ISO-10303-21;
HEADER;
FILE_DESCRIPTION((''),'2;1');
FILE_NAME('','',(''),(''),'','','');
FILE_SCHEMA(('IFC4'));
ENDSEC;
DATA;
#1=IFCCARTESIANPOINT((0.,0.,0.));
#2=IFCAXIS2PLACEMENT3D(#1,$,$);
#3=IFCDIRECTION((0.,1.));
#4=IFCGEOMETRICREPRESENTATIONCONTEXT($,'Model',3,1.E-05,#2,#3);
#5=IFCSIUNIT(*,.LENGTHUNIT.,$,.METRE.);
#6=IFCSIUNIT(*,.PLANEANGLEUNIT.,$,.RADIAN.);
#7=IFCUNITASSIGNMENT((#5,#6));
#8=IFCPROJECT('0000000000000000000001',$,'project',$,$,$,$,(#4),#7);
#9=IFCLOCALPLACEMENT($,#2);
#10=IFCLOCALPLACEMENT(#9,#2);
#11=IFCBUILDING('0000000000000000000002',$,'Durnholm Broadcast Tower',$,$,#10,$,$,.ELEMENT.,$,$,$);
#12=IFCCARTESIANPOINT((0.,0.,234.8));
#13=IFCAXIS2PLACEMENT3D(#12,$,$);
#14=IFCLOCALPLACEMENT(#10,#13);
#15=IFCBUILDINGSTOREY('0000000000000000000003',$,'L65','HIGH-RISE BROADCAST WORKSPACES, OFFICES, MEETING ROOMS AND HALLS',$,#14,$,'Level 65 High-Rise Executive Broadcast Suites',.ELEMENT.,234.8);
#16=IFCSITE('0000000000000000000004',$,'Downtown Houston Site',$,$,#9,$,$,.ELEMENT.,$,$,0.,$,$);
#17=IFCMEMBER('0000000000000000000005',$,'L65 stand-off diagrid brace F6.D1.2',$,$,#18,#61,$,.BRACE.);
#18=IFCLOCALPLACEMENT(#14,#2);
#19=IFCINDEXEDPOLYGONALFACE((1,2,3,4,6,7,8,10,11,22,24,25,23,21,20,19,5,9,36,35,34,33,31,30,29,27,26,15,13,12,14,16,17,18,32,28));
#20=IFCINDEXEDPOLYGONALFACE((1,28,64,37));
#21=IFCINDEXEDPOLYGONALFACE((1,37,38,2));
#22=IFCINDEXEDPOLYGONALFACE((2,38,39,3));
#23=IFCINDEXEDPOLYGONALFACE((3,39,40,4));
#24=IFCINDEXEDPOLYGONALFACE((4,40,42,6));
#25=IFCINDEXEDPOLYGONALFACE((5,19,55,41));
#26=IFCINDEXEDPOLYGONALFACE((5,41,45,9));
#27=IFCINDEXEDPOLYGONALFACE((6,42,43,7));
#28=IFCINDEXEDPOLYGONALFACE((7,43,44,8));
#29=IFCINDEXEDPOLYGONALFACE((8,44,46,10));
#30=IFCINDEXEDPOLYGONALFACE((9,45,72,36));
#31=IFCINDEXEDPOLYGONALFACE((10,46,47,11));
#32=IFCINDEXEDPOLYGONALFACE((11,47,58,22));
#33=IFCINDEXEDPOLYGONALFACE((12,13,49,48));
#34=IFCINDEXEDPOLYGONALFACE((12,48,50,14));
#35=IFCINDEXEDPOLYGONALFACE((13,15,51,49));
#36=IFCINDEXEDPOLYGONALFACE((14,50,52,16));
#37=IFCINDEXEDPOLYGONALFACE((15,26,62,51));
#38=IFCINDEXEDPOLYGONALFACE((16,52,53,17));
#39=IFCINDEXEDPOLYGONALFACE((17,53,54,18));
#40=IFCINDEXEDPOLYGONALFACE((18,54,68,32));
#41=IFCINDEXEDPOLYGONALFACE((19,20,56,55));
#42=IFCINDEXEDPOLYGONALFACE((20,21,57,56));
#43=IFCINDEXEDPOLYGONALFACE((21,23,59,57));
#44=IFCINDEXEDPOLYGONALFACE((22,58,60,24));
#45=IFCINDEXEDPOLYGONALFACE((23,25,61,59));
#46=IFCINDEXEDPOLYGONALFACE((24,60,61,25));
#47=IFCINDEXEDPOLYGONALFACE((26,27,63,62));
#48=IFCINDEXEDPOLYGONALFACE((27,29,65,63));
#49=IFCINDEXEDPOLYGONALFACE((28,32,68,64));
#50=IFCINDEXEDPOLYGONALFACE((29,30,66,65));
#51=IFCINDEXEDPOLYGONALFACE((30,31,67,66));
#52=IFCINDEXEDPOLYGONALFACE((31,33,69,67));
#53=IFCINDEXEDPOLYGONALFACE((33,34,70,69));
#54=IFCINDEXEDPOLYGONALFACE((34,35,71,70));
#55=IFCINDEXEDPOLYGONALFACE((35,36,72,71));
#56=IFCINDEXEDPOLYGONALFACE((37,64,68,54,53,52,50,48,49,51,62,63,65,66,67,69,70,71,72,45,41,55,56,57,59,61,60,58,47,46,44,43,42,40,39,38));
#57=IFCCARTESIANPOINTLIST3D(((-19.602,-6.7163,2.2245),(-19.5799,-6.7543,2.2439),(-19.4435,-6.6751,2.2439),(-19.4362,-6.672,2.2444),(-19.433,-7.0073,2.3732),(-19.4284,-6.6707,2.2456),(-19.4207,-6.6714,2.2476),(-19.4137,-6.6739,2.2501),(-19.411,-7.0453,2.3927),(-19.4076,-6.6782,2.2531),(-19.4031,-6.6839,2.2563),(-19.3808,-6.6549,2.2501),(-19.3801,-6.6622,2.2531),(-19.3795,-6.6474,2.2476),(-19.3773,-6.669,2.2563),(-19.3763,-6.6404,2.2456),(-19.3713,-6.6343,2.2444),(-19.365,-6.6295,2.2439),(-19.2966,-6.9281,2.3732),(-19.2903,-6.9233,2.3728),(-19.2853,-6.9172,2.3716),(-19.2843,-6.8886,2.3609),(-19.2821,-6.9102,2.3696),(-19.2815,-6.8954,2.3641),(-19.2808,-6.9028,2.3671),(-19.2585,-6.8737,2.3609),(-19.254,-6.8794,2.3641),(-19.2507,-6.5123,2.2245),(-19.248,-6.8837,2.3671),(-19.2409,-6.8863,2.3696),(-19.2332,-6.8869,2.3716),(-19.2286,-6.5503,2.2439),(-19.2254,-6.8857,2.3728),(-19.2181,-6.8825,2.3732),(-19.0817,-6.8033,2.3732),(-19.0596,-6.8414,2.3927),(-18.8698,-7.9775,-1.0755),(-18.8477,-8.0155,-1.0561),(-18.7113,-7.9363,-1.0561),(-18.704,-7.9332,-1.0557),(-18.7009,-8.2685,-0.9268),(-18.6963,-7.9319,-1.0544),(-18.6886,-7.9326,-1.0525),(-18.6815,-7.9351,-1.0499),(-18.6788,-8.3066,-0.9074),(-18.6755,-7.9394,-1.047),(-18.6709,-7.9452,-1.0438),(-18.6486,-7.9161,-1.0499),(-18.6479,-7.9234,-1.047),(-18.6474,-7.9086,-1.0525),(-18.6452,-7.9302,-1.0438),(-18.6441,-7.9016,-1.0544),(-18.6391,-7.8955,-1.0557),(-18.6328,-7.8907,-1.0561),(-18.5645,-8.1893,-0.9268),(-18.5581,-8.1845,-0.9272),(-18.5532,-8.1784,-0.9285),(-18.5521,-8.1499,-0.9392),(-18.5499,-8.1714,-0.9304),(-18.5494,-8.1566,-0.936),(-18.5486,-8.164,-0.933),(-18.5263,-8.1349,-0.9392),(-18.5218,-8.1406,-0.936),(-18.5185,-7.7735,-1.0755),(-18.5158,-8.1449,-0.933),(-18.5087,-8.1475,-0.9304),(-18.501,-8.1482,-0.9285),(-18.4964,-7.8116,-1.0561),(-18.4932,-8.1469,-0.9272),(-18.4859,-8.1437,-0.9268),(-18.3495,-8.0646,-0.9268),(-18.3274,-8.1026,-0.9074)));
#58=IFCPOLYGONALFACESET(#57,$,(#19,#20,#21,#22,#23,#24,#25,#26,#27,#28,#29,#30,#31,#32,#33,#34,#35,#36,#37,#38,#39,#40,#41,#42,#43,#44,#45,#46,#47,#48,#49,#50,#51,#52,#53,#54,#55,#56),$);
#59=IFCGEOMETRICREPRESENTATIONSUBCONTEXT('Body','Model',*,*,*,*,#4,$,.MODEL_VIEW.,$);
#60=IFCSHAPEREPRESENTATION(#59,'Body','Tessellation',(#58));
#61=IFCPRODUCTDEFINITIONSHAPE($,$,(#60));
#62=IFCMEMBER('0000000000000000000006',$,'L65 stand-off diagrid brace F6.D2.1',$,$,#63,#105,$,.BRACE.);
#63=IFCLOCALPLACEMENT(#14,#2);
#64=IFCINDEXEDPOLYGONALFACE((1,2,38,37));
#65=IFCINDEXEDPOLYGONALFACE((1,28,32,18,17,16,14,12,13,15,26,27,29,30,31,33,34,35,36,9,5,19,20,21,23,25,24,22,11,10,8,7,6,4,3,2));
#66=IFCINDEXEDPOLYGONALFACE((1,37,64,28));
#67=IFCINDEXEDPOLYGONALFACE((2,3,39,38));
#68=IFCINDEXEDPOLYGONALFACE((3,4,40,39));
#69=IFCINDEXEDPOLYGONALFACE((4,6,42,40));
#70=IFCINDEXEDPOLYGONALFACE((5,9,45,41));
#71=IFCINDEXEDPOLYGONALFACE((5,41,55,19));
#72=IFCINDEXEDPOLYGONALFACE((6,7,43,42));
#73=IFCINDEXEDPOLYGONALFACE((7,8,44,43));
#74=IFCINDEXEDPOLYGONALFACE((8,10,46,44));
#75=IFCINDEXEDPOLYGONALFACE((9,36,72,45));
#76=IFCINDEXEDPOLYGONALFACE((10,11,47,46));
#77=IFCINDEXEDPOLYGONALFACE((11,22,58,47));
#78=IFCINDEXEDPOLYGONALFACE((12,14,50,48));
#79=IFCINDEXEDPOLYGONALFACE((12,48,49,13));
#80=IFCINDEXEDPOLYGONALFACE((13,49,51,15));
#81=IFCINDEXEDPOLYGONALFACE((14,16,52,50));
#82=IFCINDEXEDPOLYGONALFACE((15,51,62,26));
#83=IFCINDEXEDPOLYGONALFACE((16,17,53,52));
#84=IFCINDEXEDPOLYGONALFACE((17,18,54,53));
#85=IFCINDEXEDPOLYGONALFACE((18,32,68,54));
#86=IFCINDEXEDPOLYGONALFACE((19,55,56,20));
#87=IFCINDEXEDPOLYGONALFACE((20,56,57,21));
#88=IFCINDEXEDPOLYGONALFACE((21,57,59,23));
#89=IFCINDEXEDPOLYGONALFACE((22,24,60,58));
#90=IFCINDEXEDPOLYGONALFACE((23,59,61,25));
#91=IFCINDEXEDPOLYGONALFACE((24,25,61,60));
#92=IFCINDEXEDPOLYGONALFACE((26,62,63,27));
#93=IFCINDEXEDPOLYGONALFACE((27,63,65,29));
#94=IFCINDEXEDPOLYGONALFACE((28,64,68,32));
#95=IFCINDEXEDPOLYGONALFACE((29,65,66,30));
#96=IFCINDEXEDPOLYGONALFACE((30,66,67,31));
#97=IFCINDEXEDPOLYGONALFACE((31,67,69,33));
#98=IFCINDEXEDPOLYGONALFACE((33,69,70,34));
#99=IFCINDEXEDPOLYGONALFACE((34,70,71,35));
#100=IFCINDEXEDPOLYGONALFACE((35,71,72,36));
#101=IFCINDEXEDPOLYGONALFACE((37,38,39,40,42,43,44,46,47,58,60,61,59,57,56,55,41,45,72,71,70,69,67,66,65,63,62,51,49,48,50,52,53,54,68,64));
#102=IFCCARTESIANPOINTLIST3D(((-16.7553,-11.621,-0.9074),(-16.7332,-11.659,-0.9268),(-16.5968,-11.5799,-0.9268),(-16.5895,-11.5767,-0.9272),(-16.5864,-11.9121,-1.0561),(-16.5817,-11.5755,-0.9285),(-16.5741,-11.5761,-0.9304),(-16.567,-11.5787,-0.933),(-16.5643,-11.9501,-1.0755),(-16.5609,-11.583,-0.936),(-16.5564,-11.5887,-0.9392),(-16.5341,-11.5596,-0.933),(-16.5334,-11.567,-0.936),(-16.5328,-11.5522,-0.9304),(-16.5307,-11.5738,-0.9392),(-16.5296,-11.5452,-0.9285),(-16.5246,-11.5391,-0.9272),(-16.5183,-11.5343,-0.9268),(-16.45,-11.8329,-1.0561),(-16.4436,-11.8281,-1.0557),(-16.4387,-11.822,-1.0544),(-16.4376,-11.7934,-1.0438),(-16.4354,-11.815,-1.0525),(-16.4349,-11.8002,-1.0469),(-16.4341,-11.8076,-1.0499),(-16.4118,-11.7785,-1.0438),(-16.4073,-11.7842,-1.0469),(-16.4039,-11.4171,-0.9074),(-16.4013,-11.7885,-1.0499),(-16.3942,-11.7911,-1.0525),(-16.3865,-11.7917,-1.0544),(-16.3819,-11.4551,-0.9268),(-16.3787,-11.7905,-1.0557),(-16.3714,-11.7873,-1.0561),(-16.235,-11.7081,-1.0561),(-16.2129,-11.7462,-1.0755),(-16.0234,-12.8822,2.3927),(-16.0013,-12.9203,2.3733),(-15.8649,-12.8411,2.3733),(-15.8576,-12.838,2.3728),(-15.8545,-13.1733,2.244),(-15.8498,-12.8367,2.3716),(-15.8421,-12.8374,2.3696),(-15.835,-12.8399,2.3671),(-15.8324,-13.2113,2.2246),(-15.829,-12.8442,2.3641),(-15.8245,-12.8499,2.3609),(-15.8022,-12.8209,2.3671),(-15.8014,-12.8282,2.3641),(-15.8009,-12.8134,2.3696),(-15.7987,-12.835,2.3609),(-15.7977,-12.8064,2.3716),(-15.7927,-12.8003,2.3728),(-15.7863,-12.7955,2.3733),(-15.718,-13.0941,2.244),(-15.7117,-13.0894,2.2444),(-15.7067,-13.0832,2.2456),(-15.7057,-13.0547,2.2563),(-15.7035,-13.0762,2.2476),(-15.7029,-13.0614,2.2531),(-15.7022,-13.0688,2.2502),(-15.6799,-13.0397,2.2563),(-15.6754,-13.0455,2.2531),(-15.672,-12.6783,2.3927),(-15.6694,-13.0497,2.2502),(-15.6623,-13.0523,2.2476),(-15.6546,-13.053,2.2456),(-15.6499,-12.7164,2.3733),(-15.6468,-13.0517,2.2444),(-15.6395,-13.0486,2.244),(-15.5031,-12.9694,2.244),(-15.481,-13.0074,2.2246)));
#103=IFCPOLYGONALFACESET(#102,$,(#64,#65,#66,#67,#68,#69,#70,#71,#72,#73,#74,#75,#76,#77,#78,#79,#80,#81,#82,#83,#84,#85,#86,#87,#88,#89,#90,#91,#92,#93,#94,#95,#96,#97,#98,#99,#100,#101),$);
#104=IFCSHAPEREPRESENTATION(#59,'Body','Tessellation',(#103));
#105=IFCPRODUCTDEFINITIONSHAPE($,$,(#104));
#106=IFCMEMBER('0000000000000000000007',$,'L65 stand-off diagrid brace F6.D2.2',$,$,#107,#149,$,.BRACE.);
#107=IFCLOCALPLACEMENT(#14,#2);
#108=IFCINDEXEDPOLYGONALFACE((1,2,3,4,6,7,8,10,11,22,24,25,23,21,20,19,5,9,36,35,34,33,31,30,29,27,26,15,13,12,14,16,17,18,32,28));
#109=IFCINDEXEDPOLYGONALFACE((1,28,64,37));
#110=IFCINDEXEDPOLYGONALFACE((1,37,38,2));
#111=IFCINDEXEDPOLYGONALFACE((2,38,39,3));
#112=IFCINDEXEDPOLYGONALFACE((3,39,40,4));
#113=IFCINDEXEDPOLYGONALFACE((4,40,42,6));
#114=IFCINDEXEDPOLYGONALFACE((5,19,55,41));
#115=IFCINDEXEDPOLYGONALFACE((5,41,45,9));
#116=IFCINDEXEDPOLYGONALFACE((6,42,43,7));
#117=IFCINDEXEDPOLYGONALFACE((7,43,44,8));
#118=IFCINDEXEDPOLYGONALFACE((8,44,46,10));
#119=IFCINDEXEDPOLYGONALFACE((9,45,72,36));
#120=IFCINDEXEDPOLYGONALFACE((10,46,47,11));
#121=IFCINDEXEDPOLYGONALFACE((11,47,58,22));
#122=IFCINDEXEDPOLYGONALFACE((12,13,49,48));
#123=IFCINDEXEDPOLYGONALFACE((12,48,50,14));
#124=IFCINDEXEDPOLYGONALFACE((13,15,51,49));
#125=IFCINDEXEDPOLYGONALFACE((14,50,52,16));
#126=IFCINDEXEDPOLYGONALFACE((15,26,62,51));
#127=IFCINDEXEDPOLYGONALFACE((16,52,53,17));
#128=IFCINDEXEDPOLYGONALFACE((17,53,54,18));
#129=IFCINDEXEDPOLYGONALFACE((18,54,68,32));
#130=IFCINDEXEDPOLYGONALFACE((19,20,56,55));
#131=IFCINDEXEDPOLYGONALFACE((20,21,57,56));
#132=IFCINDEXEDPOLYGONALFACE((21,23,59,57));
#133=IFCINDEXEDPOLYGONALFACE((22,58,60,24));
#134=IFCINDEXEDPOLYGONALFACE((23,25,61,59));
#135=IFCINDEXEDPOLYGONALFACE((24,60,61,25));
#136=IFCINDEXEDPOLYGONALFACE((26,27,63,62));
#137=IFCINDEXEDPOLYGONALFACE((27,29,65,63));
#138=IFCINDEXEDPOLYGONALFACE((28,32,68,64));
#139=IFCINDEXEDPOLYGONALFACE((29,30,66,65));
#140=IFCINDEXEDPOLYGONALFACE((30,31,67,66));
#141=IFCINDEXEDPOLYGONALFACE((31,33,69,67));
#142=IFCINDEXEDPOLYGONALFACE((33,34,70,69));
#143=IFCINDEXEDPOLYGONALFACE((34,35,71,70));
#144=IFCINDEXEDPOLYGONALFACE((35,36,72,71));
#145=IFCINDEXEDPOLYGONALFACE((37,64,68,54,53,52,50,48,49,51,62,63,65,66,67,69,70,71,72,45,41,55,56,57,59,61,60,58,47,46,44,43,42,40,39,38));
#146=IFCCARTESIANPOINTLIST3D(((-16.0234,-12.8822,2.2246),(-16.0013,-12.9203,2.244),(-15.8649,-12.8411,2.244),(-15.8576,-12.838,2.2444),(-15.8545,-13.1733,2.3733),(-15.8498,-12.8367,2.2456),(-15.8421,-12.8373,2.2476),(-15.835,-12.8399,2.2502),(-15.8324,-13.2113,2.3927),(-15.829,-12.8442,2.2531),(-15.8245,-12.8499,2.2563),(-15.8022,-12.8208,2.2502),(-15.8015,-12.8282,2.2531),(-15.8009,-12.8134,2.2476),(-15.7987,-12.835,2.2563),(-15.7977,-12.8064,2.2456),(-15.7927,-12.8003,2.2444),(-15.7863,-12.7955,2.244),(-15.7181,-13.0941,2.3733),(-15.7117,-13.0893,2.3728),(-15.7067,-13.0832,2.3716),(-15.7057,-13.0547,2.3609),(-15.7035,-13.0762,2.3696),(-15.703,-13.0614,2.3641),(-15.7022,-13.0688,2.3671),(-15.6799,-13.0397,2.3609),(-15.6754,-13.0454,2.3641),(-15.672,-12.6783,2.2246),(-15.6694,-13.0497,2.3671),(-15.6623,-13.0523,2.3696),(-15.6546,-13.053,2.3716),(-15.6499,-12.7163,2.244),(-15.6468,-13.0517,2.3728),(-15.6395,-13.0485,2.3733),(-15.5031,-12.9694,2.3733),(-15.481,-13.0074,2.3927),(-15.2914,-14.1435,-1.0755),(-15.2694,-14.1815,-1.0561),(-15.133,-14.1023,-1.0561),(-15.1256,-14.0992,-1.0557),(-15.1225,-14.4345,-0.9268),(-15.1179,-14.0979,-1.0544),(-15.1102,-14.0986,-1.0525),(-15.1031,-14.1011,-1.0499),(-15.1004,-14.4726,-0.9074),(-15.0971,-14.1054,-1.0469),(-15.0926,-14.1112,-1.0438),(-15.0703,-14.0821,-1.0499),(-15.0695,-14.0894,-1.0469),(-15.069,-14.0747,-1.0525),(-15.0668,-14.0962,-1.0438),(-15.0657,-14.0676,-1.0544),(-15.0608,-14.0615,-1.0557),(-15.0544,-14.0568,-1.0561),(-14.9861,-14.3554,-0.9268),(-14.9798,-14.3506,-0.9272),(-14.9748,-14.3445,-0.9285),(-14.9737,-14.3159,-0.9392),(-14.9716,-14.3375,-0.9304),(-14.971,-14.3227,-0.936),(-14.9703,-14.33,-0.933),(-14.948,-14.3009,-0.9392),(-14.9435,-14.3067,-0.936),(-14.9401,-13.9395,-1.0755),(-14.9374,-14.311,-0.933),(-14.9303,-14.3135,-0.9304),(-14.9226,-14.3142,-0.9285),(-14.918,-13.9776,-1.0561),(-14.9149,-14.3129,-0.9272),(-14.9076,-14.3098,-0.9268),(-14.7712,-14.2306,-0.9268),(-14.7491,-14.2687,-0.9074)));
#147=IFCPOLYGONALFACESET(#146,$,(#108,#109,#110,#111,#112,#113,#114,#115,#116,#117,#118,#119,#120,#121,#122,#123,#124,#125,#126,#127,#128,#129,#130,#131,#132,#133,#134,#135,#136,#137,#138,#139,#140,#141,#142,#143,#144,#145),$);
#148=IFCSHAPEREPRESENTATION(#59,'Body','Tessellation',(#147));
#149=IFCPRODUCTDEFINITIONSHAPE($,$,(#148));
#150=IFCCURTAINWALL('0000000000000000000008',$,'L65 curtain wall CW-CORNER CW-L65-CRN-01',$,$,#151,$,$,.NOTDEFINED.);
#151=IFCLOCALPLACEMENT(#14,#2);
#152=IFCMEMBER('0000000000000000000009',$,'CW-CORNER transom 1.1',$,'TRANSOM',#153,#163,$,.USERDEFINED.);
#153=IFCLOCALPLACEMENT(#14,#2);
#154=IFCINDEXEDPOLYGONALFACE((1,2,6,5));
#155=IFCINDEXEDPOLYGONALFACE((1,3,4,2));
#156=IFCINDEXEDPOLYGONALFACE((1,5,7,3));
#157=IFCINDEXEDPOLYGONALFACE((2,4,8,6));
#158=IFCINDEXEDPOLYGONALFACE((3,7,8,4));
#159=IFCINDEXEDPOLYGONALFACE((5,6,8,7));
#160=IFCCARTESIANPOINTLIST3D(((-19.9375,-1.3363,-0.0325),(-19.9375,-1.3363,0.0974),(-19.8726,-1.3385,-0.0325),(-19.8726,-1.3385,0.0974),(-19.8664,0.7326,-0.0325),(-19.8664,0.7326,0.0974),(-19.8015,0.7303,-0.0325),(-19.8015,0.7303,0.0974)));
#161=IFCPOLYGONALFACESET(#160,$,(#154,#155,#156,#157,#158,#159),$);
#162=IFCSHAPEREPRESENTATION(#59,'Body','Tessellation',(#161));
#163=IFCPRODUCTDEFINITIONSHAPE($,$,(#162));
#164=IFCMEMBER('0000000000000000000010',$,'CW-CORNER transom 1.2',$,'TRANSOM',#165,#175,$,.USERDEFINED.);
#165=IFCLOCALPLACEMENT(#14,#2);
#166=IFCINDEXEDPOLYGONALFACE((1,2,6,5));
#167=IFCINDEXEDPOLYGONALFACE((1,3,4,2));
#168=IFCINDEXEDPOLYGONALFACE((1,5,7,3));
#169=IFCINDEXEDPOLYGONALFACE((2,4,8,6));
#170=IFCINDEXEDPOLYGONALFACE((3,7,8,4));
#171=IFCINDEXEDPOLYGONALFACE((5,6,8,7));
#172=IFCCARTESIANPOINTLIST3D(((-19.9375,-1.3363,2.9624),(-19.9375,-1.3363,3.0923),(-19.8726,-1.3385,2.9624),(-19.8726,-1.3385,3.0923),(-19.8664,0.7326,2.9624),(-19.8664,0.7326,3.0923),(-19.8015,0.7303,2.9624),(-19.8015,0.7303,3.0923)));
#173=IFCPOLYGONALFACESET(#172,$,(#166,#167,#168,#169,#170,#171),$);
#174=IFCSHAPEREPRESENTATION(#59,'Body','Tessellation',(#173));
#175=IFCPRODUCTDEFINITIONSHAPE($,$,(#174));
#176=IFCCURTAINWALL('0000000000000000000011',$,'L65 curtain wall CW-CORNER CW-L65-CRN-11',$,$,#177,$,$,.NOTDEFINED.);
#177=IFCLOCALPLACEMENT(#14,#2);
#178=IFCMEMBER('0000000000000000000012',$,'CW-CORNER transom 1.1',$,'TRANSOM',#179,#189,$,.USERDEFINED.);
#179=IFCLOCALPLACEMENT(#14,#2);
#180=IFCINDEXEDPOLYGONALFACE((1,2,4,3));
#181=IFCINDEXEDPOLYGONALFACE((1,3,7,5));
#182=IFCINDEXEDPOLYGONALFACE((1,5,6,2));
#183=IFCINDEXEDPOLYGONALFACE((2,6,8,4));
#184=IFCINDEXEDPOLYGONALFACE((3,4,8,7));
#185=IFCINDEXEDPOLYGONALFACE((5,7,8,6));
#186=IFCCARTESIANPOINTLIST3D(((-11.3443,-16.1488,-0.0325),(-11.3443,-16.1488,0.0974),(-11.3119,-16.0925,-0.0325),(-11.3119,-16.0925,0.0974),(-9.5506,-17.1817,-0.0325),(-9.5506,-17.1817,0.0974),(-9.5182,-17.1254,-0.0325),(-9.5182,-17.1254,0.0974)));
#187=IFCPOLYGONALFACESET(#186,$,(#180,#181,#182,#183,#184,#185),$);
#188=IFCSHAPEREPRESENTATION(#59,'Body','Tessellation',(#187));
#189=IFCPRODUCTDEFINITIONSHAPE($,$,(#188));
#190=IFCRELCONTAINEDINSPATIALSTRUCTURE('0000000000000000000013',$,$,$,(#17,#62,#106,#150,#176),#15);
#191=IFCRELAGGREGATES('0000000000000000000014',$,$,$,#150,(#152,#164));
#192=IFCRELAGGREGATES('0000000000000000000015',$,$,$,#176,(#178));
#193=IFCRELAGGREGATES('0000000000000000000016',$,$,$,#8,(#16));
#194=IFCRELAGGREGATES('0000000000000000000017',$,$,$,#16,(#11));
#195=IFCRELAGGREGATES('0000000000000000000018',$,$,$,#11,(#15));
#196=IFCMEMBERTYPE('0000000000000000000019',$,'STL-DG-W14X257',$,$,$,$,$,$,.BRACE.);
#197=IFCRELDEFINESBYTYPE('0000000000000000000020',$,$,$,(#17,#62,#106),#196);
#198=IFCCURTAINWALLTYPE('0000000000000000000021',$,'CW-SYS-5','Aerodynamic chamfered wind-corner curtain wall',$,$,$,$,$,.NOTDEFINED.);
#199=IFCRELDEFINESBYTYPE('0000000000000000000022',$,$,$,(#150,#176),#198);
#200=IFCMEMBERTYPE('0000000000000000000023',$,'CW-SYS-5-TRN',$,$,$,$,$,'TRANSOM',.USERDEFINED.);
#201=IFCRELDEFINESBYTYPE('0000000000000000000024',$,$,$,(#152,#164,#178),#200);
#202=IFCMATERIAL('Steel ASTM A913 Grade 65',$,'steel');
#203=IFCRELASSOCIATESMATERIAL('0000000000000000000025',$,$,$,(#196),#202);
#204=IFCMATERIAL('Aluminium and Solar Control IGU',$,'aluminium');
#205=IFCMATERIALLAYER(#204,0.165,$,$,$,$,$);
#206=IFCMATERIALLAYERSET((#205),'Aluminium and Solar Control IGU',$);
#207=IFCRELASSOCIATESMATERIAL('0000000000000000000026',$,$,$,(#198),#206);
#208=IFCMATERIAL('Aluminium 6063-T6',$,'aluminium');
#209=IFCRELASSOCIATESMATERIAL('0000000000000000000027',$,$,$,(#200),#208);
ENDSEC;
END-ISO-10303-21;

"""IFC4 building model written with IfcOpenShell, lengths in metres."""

from ifc_helpers import new_model, si_unit, direction, frame, origin, origin_2d, place, context, subcontext, project, spatial, rectangle, i_section, extrude, source, transform, mapped, material, layer, layer_set, material_profile, profile_set, type_object, type_shapes, element, aggregate, save


model = new_model("IFC4")

# Units and contexts
model_context = context("Model", 3, precision=1e-05, world=origin(), true_north=direction((0.0, 1.0)))
body_context = subcontext(model_context, "Body", "Model", "MODEL_VIEW")
ifc_project = project(units=[si_unit("LENGTHUNIT", "METRE"), si_unit("PLANEANGLEUNIT", "RADIAN")], contexts=[model_context])

# Site, building, storey
site_placement = place(None, origin())
site = spatial("IfcSite", under=ifc_project, at=site_placement, Name="Downtown Houston Site", CompositionType="ELEMENT", RefElevation=0.0)
building_placement = place(site_placement, origin())
building = spatial("IfcBuilding", under=site, at=building_placement, Name="Durnholm Broadcast Tower", CompositionType="ELEMENT")
storey_placement = place(building_placement, frame((0.0, 0.0, 234.8)))
storey = spatial("IfcBuildingStorey", under=building, at=storey_placement, Name="L65", Description="HIGH-RISE BROADCAST WORKSPACES, OFFICES, MEETING ROOMS AND HALLS", LongName="Level 65 High-Rise Executive Broadcast Suites", CompositionType="ELEMENT", Elevation=234.8)

# Members
ifc_material_1 = material(Name="Steel ASTM A913 Grade 65", Category="steel")
ifc_material_profile_1 = material_profile(ifc_material_1, i_section(OverallWidth=0.4062, OverallDepth=0.416, WebThickness=0.0298, FlangeThickness=0.0481, FilletRadius=0.0305, at=origin_2d()), Name="W14X257")
ifc_profile_set_1 = profile_set([ifc_material_profile_1], Name="Steel ASTM A913 Grade 65")
member_type_1 = type_object("IfcMemberType", Name="STL-DG-W14X257", PredefinedType="BRACE", material=ifc_profile_set_1)
shared_shape_1 = source(origin(), body_context, "Body", "SweptSolid", [
    extrude(i_section(OverallWidth=0.4062, OverallDepth=0.416, WebThickness=0.0298, FlangeThickness=0.0481, FilletRadius=0.0305, at=origin_2d()), origin(), (0.0, 0.0, 1.0), 3.6079),
])
type_shapes(member_type_1, [shared_shape_1])
for number, where, z_axis, x_axis, name in (
    (1, (-18.5986, -8.04, -0.9915), (-0.202936, 0.349572, 0.914667), (-0.864833, -0.502059, 0.0), "L65 stand-off diagrid brace F6.D1.2"),
    (2, (-16.4841, -11.6836, -0.9915), (0.202871, -0.349577, 0.91468), (0.864906, 0.501934, 0.0), "L65 stand-off diagrid brace F6.D2.1"),
    (3, (-15.0203, -14.2061, -0.9915), (-0.202871, 0.349577, 0.91468), (-0.864906, -0.501934, 0.0), "L65 stand-off diagrid brace F6.D2.2"),
):
    element("IfcMember", number, at=place(storey_placement, frame(where, z_axis=z_axis, x_axis=x_axis)), inside=storey, type_object=member_type_1, Name=name, PredefinedType="BRACE", context=body_context, shape_type="MappedRepresentation", body=[
        mapped(shared_shape_1, transform((0.0, 0.0, 0.0), x_axis=(1.0, 0.0, 0.0), y_axis=(0.0, 1.0, 0.0), z_axis=(0.0, 0.0, 1.0), scale=1.0)),
    ])

# Curtain wall, members
ifc_material_2 = material(Name="Aluminium and Solar Control IGU", Category="aluminium")
ifc_layer_1 = layer(ifc_material_2, 0.165)
ifc_layer_set_1 = layer_set([ifc_layer_1], Name="Aluminium and Solar Control IGU")
curtain_wall_type_1 = type_object("IfcCurtainWallType", Name="CW-SYS-5", Description="Aerodynamic chamfered wind-corner curtain wall", PredefinedType="NOTDEFINED", material=ifc_layer_set_1)
curtain_wall_1_placement = place(storey_placement, origin())
curtain_wall_1 = element("IfcCurtainWall", 4, at=curtain_wall_1_placement, inside=storey, type_object=curtain_wall_type_1, Name="L65 curtain wall CW-CORNER CW-L65-CRN-01", PredefinedType="NOTDEFINED")
ifc_material_3 = material(Name="Aluminium 6063-T6", Category="aluminium")
ifc_material_profile_2 = material_profile(ifc_material_3, rectangle(XDim=0.0649, YDim=0.1299, at=origin_2d()), Name="CWT65X130")
ifc_profile_set_2 = profile_set([ifc_material_profile_2], Name="Aluminium 6063-T6")
member_type_2 = type_object("IfcMemberType", Name="CW-SYS-5-TRN", ElementType="TRANSOM", PredefinedType="USERDEFINED", material=ifc_profile_set_2)
shared_shape_2 = source(origin(), body_context, "Body", "SweptSolid", [
    extrude(rectangle(XDim=0.0649, YDim=0.1299, at=origin_2d()), origin(), (0.0, 0.0, 1.0), 2.0701),
])
member_1_placement = place(storey_placement, frame((-19.905, -1.3374, 0.0325), z_axis=(0.03432, 0.999411, 0.0), x_axis=(-0.999411, 0.03432, 0.0)))
member_1 = element("IfcMember", 5, at=member_1_placement, type_object=member_type_2, Name="CW-CORNER transom 1.1", ObjectType="TRANSOM", PredefinedType="USERDEFINED", context=body_context, shape_type="MappedRepresentation", body=[
    mapped(shared_shape_2, transform((0.0, 0.0, 0.0), x_axis=(1.0, 0.0, 0.0), y_axis=(0.0, 1.0, 0.0), z_axis=(0.0, 0.0, 1.0), scale=1.0)),
])
member_2_placement = place(storey_placement, frame((-19.905, -1.3374, 3.0273), z_axis=(0.03432, 0.999411, 0.0), x_axis=(-0.999411, 0.03432, 0.0)))
member_2 = element("IfcMember", 6, at=member_2_placement, type_object=member_type_2, Name="CW-CORNER transom 1.2", ObjectType="TRANSOM", PredefinedType="USERDEFINED", context=body_context, shape_type="MappedRepresentation", body=[
    mapped(shared_shape_2, transform((0.0, 0.0, 0.0), x_axis=(1.0, 0.0, 0.0), y_axis=(0.0, 1.0, 0.0), z_axis=(0.0, 0.0, 1.0), scale=1.0)),
])

# Curtain wall, member
curtain_wall_2_placement = place(storey_placement, origin())
curtain_wall_2 = element("IfcCurtainWall", 7, at=curtain_wall_2_placement, inside=storey, type_object=curtain_wall_type_1, Name="L65 curtain wall CW-CORNER CW-L65-CRN-11", PredefinedType="NOTDEFINED")
shared_shape_3 = source(origin(), body_context, "Body", "SweptSolid", [
    extrude(rectangle(XDim=0.0649, YDim=0.1299, at=origin_2d()), origin(), (0.0, 0.0, 1.0), 2.0698),
])
type_shapes(member_type_2, [shared_shape_2, shared_shape_3])
member_3_placement = place(storey_placement, frame((-9.5344, -17.1536, 0.0325), z_axis=(-0.866576, 0.499045, 0.0), x_axis=(-0.499045, -0.866576, 0.0)))
member_3 = element("IfcMember", 8, at=member_3_placement, type_object=member_type_2, Name="CW-CORNER transom 1.1", ObjectType="TRANSOM", PredefinedType="USERDEFINED", context=body_context, shape_type="MappedRepresentation", body=[
    mapped(shared_shape_3, transform((0.0, 0.0, 0.0), x_axis=(1.0, 0.0, 0.0), y_axis=(0.0, 1.0, 0.0), z_axis=(0.0, 0.0, 1.0), scale=1.0)),
])

aggregate(curtain_wall_1, [member_1, member_2])

aggregate(curtain_wall_2, [member_3])

save(model, "model.ifc")
